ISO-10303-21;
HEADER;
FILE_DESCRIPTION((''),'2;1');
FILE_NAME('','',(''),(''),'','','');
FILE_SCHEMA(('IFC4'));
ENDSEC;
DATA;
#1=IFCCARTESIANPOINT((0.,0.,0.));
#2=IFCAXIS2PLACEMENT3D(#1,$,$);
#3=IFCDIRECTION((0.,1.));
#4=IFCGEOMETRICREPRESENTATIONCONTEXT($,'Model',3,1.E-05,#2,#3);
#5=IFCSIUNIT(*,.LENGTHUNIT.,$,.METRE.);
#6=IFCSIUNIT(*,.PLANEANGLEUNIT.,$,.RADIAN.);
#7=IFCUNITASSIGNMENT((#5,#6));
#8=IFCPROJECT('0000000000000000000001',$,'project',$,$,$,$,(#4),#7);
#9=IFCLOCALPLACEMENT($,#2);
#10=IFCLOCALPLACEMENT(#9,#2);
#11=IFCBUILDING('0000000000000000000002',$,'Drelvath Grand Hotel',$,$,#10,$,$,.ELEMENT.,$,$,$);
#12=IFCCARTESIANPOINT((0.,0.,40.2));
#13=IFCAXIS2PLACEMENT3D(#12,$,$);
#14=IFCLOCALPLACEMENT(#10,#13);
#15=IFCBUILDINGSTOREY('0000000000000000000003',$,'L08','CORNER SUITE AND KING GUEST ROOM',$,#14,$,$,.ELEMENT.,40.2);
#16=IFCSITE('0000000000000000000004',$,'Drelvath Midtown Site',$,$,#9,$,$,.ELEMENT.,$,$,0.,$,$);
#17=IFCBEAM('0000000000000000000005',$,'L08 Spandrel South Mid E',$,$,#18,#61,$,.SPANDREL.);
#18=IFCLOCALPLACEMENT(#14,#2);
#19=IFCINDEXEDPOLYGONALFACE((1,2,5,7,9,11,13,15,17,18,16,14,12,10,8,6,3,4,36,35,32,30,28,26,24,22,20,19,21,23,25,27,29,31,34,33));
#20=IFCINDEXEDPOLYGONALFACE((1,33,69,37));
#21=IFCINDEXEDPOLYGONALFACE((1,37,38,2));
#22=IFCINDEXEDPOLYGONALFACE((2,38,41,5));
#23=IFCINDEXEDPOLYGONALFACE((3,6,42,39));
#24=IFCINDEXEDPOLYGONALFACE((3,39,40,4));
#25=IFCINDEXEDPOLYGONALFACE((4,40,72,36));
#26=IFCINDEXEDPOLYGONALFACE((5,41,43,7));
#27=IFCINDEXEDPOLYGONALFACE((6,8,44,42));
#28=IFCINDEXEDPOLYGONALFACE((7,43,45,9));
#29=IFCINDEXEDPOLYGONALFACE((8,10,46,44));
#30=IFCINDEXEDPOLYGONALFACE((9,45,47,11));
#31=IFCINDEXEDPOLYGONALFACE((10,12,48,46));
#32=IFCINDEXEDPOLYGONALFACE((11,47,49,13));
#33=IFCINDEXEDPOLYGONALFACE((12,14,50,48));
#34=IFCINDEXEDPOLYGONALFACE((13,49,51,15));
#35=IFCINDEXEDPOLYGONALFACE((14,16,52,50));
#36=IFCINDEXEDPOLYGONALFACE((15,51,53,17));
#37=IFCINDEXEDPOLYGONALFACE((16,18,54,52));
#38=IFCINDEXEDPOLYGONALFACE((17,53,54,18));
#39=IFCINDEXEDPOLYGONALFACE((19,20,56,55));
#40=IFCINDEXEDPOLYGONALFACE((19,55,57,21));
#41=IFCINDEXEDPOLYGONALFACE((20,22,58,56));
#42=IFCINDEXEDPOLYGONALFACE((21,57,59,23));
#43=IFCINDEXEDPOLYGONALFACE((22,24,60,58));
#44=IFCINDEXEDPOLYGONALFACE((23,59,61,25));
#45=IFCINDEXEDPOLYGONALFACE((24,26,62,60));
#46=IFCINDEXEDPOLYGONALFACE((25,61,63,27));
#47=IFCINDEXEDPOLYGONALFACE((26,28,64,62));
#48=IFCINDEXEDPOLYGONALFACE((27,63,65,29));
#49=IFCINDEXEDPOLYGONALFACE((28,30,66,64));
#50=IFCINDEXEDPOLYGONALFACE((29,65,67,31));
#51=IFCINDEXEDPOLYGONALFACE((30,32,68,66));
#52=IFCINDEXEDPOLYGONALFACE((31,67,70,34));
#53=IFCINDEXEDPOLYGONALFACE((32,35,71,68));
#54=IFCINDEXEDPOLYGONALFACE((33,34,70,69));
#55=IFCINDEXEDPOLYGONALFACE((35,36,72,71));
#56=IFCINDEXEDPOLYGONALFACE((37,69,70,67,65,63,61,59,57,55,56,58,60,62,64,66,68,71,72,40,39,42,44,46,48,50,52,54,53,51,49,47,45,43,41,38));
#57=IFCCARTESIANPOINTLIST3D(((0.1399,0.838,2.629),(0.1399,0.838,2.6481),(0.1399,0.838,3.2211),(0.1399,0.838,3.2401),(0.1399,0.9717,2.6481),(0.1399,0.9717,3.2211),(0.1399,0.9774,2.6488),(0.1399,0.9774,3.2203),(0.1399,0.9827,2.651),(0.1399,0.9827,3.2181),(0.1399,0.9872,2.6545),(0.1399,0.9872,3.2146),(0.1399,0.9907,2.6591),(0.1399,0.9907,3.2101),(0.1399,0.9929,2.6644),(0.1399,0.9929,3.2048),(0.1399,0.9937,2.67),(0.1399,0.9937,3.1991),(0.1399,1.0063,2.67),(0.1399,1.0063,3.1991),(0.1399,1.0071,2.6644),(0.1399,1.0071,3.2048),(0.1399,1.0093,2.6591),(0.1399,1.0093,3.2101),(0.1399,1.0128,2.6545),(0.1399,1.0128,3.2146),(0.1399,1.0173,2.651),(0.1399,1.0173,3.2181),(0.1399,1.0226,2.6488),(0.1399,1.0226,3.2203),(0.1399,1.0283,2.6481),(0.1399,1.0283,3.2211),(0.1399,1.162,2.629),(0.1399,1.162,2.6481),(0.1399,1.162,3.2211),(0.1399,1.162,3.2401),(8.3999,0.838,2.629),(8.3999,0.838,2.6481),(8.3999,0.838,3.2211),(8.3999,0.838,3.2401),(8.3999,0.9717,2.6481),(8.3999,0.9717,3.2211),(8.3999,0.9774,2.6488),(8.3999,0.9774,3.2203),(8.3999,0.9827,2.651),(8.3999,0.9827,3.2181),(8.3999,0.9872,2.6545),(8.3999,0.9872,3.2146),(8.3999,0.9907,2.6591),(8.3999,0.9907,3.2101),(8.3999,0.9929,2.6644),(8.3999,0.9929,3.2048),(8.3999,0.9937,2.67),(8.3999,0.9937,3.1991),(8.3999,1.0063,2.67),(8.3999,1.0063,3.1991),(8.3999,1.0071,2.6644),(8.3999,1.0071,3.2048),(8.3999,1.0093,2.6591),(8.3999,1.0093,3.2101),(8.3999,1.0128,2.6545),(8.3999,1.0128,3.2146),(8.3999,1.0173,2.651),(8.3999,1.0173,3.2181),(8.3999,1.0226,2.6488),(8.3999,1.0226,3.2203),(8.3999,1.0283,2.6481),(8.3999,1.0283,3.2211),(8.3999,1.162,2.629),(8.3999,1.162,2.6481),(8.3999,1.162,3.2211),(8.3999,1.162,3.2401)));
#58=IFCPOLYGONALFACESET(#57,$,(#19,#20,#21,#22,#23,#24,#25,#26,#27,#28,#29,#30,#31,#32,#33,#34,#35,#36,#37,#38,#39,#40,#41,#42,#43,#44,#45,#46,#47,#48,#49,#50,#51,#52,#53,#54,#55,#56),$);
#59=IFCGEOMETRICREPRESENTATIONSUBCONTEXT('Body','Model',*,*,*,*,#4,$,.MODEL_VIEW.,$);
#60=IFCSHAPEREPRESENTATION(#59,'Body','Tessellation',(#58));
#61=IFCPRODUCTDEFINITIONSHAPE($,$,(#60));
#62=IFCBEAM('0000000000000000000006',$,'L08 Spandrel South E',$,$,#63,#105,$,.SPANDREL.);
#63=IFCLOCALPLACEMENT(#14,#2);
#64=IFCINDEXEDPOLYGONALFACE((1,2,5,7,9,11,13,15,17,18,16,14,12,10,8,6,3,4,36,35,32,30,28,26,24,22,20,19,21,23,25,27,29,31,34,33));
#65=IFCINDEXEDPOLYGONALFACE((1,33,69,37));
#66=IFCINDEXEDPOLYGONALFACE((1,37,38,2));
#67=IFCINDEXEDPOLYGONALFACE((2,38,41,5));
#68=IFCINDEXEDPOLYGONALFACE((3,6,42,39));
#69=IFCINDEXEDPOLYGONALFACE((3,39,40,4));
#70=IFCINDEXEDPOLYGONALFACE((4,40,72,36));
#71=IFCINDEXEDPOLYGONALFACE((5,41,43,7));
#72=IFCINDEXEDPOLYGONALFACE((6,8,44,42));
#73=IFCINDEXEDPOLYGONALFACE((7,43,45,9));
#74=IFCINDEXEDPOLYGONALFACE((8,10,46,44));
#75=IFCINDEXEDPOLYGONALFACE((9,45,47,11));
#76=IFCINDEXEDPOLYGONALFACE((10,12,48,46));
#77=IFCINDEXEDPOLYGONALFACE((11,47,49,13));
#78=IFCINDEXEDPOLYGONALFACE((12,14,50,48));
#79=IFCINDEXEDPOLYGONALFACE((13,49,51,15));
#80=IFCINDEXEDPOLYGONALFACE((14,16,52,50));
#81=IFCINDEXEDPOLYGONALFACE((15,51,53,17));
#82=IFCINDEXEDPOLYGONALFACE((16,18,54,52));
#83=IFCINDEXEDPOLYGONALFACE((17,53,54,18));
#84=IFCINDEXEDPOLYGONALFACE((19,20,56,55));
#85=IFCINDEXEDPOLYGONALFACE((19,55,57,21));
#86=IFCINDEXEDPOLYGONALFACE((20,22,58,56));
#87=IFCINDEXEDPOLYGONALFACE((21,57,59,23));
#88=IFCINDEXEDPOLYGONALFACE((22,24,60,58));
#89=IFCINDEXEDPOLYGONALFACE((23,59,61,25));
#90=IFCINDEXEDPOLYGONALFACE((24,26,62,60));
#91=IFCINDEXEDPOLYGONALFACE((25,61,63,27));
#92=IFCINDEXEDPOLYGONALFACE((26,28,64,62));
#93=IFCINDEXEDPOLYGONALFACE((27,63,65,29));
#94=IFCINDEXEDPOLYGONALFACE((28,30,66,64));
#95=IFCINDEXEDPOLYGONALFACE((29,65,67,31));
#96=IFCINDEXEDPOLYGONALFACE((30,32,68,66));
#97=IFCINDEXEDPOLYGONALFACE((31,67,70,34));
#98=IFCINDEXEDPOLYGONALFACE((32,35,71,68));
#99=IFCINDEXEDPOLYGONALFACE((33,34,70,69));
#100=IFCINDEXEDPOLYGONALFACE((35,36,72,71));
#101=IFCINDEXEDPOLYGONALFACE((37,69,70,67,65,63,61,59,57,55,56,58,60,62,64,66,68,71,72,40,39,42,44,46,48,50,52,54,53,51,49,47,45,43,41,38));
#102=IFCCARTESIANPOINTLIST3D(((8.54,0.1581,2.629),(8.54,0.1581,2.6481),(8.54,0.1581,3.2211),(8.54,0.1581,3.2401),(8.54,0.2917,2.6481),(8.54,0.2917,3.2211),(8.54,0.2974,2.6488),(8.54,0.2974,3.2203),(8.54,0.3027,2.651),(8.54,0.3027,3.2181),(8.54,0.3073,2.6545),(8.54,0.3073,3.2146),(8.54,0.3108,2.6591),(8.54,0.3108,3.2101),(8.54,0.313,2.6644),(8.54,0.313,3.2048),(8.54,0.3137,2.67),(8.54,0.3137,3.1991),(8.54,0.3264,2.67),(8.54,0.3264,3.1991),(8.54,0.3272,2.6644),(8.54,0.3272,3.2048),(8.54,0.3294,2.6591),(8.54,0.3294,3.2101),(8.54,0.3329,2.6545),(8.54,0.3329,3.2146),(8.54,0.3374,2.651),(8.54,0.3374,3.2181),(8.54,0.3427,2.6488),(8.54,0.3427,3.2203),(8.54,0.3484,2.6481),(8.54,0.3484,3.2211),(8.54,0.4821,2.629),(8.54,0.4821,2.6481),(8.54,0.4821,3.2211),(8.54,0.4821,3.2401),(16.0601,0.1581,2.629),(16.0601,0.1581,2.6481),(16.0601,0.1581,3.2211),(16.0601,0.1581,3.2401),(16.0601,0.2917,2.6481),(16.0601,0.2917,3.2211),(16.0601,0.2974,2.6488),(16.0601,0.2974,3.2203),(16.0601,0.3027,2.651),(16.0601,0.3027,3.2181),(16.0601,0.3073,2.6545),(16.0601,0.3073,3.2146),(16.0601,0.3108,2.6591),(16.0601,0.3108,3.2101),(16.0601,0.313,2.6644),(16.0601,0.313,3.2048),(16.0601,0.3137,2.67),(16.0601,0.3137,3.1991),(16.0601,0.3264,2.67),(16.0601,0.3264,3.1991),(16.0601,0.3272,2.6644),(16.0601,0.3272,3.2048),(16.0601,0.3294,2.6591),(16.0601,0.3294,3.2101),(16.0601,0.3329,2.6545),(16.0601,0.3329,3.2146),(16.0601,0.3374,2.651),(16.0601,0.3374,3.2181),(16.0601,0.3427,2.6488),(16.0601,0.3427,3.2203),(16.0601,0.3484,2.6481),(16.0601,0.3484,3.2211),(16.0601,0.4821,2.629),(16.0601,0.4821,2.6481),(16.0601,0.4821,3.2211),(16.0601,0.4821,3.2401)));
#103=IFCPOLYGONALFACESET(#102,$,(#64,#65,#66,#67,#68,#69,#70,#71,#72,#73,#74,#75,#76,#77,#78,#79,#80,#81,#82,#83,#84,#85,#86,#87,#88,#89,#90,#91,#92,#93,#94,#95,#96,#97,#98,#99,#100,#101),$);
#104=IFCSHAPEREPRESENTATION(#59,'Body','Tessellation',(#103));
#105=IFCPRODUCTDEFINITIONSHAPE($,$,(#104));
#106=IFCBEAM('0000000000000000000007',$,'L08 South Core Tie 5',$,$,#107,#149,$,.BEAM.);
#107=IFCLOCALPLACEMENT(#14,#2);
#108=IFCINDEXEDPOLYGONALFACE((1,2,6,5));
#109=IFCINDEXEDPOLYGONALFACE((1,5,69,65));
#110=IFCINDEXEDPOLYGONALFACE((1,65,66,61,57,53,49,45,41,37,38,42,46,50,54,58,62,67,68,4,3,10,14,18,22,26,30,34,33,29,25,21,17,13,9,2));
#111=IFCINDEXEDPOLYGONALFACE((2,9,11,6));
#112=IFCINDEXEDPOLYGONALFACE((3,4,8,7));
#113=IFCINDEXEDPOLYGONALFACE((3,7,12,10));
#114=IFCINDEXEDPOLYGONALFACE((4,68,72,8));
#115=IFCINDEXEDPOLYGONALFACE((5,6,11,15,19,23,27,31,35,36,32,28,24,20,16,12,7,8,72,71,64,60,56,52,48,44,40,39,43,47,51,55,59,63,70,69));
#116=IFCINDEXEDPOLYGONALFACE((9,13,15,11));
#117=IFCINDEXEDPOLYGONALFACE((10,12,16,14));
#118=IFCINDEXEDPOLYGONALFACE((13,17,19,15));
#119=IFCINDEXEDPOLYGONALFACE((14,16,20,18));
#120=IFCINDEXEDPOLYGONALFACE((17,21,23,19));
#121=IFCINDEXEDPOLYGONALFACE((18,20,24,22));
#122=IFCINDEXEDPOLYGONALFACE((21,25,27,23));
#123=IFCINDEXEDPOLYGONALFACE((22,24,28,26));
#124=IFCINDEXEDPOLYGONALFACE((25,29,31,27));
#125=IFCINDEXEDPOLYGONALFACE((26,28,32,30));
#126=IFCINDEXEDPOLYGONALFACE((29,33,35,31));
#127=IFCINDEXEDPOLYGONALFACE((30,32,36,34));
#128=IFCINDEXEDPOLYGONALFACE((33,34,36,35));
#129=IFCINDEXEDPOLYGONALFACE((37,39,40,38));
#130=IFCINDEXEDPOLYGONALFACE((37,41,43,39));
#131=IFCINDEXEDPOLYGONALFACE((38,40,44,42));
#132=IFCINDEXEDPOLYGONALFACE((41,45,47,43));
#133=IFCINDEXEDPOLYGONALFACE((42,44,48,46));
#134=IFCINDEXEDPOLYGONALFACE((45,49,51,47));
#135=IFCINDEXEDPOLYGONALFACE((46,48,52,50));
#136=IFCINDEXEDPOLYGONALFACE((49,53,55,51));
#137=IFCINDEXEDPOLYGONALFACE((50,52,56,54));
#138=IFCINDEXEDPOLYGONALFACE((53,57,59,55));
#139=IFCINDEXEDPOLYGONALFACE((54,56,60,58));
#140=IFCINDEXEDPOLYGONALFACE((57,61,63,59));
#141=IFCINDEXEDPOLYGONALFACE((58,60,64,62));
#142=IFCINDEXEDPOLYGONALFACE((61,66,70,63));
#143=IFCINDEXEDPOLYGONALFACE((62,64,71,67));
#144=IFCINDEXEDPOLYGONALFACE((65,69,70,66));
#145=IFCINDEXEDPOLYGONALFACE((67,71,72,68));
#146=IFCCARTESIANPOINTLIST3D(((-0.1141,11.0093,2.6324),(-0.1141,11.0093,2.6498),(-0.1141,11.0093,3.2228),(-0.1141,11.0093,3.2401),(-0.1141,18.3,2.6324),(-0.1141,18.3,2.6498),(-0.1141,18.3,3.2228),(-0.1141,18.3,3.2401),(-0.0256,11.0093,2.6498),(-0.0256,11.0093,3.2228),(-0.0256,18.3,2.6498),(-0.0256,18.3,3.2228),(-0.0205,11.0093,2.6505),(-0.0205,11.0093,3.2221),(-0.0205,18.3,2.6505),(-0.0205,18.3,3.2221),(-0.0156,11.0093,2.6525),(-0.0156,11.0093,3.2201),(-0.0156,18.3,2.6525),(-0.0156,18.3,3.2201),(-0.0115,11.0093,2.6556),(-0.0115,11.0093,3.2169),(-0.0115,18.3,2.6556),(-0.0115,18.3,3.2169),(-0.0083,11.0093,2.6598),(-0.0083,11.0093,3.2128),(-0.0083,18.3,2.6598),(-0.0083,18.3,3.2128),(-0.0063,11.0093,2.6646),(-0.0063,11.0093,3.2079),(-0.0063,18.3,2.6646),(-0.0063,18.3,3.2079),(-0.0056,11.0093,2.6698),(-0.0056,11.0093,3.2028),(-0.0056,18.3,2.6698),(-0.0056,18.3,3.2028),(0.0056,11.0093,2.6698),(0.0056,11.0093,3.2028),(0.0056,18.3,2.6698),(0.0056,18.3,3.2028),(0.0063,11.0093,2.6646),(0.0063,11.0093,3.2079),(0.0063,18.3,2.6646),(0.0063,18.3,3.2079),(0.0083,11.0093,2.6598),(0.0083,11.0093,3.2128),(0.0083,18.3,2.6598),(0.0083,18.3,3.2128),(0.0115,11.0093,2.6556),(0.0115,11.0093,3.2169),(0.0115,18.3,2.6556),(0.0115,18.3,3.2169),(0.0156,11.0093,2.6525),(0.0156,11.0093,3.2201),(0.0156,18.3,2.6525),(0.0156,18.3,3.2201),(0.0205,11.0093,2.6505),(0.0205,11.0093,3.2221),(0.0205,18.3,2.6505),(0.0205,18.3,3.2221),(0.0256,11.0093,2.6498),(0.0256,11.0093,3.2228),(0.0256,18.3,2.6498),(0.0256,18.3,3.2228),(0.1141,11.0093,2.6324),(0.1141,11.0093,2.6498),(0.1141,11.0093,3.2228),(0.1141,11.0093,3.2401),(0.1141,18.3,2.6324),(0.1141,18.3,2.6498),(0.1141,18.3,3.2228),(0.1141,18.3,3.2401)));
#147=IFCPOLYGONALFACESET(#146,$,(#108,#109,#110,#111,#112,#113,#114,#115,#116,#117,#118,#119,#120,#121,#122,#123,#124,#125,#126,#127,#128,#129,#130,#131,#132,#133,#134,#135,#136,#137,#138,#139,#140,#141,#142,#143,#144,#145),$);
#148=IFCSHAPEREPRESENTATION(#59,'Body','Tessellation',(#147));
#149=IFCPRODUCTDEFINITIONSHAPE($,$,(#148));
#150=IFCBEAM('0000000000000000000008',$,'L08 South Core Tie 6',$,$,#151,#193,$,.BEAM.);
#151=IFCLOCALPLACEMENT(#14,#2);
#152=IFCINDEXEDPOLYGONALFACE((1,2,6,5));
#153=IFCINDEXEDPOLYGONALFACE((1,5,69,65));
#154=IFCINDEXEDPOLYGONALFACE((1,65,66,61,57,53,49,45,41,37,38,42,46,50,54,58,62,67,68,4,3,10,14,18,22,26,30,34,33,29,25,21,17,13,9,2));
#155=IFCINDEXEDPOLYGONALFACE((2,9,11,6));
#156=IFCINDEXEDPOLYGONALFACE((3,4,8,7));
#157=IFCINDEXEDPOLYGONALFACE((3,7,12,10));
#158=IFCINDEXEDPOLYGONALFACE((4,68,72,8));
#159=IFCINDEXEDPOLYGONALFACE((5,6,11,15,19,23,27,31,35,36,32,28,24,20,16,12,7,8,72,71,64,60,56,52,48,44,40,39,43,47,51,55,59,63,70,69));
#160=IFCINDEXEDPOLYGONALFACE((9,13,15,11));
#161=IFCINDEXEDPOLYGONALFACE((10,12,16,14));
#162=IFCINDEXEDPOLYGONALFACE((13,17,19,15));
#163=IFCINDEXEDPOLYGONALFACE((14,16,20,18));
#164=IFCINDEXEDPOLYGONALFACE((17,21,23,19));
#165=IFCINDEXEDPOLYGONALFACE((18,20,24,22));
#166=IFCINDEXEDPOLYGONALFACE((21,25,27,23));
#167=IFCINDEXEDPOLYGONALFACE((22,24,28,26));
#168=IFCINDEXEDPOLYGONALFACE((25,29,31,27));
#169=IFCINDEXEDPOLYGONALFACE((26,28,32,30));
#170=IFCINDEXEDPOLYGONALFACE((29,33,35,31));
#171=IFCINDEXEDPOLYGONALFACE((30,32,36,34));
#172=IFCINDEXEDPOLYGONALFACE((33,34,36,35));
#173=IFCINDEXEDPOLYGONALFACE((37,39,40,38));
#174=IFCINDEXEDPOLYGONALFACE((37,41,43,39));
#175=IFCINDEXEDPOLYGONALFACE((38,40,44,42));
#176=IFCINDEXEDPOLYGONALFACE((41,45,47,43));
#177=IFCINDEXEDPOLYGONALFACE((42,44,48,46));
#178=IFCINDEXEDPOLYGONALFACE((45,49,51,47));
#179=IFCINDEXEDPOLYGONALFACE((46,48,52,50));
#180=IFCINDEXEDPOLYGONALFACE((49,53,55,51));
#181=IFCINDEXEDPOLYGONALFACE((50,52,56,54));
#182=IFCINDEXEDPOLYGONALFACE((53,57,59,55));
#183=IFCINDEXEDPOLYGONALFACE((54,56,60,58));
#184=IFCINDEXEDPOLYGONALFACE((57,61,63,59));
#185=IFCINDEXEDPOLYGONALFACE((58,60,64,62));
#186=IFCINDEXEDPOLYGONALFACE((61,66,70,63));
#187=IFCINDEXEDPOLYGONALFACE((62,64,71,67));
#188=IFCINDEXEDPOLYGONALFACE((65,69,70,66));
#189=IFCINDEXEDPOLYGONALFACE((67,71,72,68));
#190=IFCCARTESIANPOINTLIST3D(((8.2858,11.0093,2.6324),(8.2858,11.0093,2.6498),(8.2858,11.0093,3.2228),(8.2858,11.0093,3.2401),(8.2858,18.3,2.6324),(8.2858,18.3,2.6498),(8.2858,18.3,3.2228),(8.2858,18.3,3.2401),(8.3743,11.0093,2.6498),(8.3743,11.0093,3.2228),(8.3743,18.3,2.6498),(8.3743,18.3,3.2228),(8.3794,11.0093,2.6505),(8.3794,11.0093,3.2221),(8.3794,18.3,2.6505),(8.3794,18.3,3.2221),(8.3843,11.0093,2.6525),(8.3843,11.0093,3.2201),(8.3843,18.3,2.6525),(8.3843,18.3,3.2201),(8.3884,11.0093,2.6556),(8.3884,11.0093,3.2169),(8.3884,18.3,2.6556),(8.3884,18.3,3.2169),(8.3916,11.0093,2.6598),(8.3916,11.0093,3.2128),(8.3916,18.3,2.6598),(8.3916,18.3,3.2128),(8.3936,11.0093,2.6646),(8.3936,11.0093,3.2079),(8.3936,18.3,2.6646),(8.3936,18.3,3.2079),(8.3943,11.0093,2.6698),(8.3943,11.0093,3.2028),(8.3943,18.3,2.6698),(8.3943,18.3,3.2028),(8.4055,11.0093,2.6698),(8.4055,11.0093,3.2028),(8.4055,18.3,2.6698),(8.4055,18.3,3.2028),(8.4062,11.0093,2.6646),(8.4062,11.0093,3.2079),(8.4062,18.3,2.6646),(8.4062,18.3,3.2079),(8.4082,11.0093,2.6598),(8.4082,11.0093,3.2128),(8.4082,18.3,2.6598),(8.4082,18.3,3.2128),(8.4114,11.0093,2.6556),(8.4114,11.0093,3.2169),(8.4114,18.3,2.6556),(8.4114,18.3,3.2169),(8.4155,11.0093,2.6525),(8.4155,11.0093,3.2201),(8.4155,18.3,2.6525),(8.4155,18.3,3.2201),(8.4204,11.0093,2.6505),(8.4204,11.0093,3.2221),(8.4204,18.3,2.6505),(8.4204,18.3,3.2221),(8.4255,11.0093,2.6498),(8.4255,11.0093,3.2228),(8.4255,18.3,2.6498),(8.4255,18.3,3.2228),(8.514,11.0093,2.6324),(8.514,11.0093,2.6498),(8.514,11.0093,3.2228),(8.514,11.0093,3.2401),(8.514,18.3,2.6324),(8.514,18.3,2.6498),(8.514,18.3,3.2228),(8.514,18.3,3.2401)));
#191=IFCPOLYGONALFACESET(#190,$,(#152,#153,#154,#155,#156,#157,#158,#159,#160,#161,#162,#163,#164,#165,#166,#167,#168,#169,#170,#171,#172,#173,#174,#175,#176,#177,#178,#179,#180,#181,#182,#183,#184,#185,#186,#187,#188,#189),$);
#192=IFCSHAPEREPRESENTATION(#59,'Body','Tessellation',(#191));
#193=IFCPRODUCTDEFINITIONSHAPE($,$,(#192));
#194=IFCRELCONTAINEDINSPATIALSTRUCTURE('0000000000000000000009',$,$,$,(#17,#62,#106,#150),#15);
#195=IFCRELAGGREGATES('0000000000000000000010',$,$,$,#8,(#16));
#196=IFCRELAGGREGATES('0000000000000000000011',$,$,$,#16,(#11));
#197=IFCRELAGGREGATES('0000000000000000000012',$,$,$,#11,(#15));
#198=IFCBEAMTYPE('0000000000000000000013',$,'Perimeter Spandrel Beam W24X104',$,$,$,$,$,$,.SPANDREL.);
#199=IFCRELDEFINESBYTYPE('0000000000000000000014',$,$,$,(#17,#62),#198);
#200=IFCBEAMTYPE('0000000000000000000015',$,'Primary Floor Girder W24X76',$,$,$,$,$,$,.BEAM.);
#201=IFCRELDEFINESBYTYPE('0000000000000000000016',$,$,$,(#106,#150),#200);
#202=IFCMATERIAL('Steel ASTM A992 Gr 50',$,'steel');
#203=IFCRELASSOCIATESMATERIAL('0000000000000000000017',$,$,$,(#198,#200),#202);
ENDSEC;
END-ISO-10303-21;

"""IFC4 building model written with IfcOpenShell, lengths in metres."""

from ifc_helpers import new_model, si_unit, direction, frame, origin, origin_2d, place, context, subcontext, project, spatial, i_section, extrude, material, material_profile, profile_set, type_object, element, save


model = new_model("IFC4")

# Units and contexts
model_context = context("Model", 3, precision=1e-05, world=origin(), true_north=direction((0.0, 1.0)))
body_context = subcontext(model_context, "Body", "Model", "MODEL_VIEW")
ifc_project = project(units=[si_unit("LENGTHUNIT", "METRE"), si_unit("PLANEANGLEUNIT", "RADIAN")], contexts=[model_context])

# Site, building, storey
site_placement = place(None, origin())
site = spatial("IfcSite", under=ifc_project, at=site_placement, Name="Drelvath Midtown Site", CompositionType="ELEMENT", RefElevation=0.0)
building_placement = place(site_placement, origin())
building = spatial("IfcBuilding", under=site, at=building_placement, Name="Drelvath Grand Hotel", CompositionType="ELEMENT")
storey_placement = place(building_placement, frame((0.0, 0.0, 40.2)))
storey = spatial("IfcBuildingStorey", under=building, at=storey_placement, Name="L08", Description="CORNER SUITE AND KING GUEST ROOM", CompositionType="ELEMENT", Elevation=40.2)

# Beams
ifc_material_1 = material(Name="Steel ASTM A992 Gr 50", Category="steel")
ifc_material_profile_1 = material_profile(ifc_material_1, i_section(OverallWidth=0.324, OverallDepth=0.6111, WebThickness=0.0127, FlangeThickness=0.019, FilletRadius=0.022, at=origin_2d()), Name="W24X104")
ifc_profile_set_1 = profile_set([ifc_material_profile_1], Name="Steel ASTM A992 Gr 50")
beam_type_1 = type_object("IfcBeamType", Name="Perimeter Spandrel Beam W24X104", PredefinedType="SPANDREL", material=ifc_profile_set_1)
beam_1_placement = place(storey_placement, frame((0.1399, 1.0, 2.9346), z_axis=(1.0, 0.0, 0.0), x_axis=(0.0, 1.0, 0.0)))
element("IfcBeam", 1, at=beam_1_placement, inside=storey, type_object=beam_type_1, Name="L08 Spandrel South Mid E", PredefinedType="SPANDREL", context=body_context, shape_type="SweptSolid", body=[
    extrude(i_section(OverallWidth=0.324, OverallDepth=0.6111, WebThickness=0.0127, FlangeThickness=0.019, FilletRadius=0.022, at=origin_2d()), origin(), (0.0, 0.0, 1.0), 8.26),
])
beam_2_placement = place(storey_placement, frame((8.54, 0.3201, 2.9346), z_axis=(1.0, 0.0, 0.0), x_axis=(0.0, 1.0, 0.0)))
element("IfcBeam", 2, at=beam_2_placement, inside=storey, type_object=beam_type_1, Name="L08 Spandrel South E", PredefinedType="SPANDREL", context=body_context, shape_type="SweptSolid", body=[
    extrude(i_section(OverallWidth=0.324, OverallDepth=0.6111, WebThickness=0.0127, FlangeThickness=0.019, FilletRadius=0.022, at=origin_2d()), origin(), (0.0, 0.0, 1.0), 7.52),
])
ifc_material_profile_2 = material_profile(ifc_material_1, i_section(OverallWidth=0.2283, OverallDepth=0.6077, WebThickness=0.0112, FlangeThickness=0.0173, FilletRadius=0.02, at=origin_2d()), Name="W24X76")
ifc_profile_set_2 = profile_set([ifc_material_profile_2], Name="Steel ASTM A992 Gr 50")
beam_type_2 = type_object("IfcBeamType", Name="Primary Floor Girder W24X76", PredefinedType="BEAM", material=ifc_profile_set_2)
for number, where, z_axis, x_axis, name in (
    (3, (0.0, 11.0093, 2.9363), (0.0, 1.0, 0.0), (-1.0, 0.0, 0.0), "L08 South Core Tie 5"),
    (4, (8.3999, 11.0093, 2.9363), (0.0, 1.0, 0.0), (-1.0, 0.0, 0.0), "L08 South Core Tie 6"),
):
    element("IfcBeam", number, at=place(storey_placement, frame(where, z_axis=z_axis, x_axis=x_axis)), inside=storey, type_object=beam_type_2, Name=name, PredefinedType="BEAM", context=body_context, shape_type="SweptSolid", body=[
        extrude(i_section(OverallWidth=0.2283, OverallDepth=0.6077, WebThickness=0.0112, FlangeThickness=0.0173, FilletRadius=0.02, at=origin_2d()), origin(), (0.0, 0.0, 1.0), 7.2908),
    ])

save(model, "model.ifc")
